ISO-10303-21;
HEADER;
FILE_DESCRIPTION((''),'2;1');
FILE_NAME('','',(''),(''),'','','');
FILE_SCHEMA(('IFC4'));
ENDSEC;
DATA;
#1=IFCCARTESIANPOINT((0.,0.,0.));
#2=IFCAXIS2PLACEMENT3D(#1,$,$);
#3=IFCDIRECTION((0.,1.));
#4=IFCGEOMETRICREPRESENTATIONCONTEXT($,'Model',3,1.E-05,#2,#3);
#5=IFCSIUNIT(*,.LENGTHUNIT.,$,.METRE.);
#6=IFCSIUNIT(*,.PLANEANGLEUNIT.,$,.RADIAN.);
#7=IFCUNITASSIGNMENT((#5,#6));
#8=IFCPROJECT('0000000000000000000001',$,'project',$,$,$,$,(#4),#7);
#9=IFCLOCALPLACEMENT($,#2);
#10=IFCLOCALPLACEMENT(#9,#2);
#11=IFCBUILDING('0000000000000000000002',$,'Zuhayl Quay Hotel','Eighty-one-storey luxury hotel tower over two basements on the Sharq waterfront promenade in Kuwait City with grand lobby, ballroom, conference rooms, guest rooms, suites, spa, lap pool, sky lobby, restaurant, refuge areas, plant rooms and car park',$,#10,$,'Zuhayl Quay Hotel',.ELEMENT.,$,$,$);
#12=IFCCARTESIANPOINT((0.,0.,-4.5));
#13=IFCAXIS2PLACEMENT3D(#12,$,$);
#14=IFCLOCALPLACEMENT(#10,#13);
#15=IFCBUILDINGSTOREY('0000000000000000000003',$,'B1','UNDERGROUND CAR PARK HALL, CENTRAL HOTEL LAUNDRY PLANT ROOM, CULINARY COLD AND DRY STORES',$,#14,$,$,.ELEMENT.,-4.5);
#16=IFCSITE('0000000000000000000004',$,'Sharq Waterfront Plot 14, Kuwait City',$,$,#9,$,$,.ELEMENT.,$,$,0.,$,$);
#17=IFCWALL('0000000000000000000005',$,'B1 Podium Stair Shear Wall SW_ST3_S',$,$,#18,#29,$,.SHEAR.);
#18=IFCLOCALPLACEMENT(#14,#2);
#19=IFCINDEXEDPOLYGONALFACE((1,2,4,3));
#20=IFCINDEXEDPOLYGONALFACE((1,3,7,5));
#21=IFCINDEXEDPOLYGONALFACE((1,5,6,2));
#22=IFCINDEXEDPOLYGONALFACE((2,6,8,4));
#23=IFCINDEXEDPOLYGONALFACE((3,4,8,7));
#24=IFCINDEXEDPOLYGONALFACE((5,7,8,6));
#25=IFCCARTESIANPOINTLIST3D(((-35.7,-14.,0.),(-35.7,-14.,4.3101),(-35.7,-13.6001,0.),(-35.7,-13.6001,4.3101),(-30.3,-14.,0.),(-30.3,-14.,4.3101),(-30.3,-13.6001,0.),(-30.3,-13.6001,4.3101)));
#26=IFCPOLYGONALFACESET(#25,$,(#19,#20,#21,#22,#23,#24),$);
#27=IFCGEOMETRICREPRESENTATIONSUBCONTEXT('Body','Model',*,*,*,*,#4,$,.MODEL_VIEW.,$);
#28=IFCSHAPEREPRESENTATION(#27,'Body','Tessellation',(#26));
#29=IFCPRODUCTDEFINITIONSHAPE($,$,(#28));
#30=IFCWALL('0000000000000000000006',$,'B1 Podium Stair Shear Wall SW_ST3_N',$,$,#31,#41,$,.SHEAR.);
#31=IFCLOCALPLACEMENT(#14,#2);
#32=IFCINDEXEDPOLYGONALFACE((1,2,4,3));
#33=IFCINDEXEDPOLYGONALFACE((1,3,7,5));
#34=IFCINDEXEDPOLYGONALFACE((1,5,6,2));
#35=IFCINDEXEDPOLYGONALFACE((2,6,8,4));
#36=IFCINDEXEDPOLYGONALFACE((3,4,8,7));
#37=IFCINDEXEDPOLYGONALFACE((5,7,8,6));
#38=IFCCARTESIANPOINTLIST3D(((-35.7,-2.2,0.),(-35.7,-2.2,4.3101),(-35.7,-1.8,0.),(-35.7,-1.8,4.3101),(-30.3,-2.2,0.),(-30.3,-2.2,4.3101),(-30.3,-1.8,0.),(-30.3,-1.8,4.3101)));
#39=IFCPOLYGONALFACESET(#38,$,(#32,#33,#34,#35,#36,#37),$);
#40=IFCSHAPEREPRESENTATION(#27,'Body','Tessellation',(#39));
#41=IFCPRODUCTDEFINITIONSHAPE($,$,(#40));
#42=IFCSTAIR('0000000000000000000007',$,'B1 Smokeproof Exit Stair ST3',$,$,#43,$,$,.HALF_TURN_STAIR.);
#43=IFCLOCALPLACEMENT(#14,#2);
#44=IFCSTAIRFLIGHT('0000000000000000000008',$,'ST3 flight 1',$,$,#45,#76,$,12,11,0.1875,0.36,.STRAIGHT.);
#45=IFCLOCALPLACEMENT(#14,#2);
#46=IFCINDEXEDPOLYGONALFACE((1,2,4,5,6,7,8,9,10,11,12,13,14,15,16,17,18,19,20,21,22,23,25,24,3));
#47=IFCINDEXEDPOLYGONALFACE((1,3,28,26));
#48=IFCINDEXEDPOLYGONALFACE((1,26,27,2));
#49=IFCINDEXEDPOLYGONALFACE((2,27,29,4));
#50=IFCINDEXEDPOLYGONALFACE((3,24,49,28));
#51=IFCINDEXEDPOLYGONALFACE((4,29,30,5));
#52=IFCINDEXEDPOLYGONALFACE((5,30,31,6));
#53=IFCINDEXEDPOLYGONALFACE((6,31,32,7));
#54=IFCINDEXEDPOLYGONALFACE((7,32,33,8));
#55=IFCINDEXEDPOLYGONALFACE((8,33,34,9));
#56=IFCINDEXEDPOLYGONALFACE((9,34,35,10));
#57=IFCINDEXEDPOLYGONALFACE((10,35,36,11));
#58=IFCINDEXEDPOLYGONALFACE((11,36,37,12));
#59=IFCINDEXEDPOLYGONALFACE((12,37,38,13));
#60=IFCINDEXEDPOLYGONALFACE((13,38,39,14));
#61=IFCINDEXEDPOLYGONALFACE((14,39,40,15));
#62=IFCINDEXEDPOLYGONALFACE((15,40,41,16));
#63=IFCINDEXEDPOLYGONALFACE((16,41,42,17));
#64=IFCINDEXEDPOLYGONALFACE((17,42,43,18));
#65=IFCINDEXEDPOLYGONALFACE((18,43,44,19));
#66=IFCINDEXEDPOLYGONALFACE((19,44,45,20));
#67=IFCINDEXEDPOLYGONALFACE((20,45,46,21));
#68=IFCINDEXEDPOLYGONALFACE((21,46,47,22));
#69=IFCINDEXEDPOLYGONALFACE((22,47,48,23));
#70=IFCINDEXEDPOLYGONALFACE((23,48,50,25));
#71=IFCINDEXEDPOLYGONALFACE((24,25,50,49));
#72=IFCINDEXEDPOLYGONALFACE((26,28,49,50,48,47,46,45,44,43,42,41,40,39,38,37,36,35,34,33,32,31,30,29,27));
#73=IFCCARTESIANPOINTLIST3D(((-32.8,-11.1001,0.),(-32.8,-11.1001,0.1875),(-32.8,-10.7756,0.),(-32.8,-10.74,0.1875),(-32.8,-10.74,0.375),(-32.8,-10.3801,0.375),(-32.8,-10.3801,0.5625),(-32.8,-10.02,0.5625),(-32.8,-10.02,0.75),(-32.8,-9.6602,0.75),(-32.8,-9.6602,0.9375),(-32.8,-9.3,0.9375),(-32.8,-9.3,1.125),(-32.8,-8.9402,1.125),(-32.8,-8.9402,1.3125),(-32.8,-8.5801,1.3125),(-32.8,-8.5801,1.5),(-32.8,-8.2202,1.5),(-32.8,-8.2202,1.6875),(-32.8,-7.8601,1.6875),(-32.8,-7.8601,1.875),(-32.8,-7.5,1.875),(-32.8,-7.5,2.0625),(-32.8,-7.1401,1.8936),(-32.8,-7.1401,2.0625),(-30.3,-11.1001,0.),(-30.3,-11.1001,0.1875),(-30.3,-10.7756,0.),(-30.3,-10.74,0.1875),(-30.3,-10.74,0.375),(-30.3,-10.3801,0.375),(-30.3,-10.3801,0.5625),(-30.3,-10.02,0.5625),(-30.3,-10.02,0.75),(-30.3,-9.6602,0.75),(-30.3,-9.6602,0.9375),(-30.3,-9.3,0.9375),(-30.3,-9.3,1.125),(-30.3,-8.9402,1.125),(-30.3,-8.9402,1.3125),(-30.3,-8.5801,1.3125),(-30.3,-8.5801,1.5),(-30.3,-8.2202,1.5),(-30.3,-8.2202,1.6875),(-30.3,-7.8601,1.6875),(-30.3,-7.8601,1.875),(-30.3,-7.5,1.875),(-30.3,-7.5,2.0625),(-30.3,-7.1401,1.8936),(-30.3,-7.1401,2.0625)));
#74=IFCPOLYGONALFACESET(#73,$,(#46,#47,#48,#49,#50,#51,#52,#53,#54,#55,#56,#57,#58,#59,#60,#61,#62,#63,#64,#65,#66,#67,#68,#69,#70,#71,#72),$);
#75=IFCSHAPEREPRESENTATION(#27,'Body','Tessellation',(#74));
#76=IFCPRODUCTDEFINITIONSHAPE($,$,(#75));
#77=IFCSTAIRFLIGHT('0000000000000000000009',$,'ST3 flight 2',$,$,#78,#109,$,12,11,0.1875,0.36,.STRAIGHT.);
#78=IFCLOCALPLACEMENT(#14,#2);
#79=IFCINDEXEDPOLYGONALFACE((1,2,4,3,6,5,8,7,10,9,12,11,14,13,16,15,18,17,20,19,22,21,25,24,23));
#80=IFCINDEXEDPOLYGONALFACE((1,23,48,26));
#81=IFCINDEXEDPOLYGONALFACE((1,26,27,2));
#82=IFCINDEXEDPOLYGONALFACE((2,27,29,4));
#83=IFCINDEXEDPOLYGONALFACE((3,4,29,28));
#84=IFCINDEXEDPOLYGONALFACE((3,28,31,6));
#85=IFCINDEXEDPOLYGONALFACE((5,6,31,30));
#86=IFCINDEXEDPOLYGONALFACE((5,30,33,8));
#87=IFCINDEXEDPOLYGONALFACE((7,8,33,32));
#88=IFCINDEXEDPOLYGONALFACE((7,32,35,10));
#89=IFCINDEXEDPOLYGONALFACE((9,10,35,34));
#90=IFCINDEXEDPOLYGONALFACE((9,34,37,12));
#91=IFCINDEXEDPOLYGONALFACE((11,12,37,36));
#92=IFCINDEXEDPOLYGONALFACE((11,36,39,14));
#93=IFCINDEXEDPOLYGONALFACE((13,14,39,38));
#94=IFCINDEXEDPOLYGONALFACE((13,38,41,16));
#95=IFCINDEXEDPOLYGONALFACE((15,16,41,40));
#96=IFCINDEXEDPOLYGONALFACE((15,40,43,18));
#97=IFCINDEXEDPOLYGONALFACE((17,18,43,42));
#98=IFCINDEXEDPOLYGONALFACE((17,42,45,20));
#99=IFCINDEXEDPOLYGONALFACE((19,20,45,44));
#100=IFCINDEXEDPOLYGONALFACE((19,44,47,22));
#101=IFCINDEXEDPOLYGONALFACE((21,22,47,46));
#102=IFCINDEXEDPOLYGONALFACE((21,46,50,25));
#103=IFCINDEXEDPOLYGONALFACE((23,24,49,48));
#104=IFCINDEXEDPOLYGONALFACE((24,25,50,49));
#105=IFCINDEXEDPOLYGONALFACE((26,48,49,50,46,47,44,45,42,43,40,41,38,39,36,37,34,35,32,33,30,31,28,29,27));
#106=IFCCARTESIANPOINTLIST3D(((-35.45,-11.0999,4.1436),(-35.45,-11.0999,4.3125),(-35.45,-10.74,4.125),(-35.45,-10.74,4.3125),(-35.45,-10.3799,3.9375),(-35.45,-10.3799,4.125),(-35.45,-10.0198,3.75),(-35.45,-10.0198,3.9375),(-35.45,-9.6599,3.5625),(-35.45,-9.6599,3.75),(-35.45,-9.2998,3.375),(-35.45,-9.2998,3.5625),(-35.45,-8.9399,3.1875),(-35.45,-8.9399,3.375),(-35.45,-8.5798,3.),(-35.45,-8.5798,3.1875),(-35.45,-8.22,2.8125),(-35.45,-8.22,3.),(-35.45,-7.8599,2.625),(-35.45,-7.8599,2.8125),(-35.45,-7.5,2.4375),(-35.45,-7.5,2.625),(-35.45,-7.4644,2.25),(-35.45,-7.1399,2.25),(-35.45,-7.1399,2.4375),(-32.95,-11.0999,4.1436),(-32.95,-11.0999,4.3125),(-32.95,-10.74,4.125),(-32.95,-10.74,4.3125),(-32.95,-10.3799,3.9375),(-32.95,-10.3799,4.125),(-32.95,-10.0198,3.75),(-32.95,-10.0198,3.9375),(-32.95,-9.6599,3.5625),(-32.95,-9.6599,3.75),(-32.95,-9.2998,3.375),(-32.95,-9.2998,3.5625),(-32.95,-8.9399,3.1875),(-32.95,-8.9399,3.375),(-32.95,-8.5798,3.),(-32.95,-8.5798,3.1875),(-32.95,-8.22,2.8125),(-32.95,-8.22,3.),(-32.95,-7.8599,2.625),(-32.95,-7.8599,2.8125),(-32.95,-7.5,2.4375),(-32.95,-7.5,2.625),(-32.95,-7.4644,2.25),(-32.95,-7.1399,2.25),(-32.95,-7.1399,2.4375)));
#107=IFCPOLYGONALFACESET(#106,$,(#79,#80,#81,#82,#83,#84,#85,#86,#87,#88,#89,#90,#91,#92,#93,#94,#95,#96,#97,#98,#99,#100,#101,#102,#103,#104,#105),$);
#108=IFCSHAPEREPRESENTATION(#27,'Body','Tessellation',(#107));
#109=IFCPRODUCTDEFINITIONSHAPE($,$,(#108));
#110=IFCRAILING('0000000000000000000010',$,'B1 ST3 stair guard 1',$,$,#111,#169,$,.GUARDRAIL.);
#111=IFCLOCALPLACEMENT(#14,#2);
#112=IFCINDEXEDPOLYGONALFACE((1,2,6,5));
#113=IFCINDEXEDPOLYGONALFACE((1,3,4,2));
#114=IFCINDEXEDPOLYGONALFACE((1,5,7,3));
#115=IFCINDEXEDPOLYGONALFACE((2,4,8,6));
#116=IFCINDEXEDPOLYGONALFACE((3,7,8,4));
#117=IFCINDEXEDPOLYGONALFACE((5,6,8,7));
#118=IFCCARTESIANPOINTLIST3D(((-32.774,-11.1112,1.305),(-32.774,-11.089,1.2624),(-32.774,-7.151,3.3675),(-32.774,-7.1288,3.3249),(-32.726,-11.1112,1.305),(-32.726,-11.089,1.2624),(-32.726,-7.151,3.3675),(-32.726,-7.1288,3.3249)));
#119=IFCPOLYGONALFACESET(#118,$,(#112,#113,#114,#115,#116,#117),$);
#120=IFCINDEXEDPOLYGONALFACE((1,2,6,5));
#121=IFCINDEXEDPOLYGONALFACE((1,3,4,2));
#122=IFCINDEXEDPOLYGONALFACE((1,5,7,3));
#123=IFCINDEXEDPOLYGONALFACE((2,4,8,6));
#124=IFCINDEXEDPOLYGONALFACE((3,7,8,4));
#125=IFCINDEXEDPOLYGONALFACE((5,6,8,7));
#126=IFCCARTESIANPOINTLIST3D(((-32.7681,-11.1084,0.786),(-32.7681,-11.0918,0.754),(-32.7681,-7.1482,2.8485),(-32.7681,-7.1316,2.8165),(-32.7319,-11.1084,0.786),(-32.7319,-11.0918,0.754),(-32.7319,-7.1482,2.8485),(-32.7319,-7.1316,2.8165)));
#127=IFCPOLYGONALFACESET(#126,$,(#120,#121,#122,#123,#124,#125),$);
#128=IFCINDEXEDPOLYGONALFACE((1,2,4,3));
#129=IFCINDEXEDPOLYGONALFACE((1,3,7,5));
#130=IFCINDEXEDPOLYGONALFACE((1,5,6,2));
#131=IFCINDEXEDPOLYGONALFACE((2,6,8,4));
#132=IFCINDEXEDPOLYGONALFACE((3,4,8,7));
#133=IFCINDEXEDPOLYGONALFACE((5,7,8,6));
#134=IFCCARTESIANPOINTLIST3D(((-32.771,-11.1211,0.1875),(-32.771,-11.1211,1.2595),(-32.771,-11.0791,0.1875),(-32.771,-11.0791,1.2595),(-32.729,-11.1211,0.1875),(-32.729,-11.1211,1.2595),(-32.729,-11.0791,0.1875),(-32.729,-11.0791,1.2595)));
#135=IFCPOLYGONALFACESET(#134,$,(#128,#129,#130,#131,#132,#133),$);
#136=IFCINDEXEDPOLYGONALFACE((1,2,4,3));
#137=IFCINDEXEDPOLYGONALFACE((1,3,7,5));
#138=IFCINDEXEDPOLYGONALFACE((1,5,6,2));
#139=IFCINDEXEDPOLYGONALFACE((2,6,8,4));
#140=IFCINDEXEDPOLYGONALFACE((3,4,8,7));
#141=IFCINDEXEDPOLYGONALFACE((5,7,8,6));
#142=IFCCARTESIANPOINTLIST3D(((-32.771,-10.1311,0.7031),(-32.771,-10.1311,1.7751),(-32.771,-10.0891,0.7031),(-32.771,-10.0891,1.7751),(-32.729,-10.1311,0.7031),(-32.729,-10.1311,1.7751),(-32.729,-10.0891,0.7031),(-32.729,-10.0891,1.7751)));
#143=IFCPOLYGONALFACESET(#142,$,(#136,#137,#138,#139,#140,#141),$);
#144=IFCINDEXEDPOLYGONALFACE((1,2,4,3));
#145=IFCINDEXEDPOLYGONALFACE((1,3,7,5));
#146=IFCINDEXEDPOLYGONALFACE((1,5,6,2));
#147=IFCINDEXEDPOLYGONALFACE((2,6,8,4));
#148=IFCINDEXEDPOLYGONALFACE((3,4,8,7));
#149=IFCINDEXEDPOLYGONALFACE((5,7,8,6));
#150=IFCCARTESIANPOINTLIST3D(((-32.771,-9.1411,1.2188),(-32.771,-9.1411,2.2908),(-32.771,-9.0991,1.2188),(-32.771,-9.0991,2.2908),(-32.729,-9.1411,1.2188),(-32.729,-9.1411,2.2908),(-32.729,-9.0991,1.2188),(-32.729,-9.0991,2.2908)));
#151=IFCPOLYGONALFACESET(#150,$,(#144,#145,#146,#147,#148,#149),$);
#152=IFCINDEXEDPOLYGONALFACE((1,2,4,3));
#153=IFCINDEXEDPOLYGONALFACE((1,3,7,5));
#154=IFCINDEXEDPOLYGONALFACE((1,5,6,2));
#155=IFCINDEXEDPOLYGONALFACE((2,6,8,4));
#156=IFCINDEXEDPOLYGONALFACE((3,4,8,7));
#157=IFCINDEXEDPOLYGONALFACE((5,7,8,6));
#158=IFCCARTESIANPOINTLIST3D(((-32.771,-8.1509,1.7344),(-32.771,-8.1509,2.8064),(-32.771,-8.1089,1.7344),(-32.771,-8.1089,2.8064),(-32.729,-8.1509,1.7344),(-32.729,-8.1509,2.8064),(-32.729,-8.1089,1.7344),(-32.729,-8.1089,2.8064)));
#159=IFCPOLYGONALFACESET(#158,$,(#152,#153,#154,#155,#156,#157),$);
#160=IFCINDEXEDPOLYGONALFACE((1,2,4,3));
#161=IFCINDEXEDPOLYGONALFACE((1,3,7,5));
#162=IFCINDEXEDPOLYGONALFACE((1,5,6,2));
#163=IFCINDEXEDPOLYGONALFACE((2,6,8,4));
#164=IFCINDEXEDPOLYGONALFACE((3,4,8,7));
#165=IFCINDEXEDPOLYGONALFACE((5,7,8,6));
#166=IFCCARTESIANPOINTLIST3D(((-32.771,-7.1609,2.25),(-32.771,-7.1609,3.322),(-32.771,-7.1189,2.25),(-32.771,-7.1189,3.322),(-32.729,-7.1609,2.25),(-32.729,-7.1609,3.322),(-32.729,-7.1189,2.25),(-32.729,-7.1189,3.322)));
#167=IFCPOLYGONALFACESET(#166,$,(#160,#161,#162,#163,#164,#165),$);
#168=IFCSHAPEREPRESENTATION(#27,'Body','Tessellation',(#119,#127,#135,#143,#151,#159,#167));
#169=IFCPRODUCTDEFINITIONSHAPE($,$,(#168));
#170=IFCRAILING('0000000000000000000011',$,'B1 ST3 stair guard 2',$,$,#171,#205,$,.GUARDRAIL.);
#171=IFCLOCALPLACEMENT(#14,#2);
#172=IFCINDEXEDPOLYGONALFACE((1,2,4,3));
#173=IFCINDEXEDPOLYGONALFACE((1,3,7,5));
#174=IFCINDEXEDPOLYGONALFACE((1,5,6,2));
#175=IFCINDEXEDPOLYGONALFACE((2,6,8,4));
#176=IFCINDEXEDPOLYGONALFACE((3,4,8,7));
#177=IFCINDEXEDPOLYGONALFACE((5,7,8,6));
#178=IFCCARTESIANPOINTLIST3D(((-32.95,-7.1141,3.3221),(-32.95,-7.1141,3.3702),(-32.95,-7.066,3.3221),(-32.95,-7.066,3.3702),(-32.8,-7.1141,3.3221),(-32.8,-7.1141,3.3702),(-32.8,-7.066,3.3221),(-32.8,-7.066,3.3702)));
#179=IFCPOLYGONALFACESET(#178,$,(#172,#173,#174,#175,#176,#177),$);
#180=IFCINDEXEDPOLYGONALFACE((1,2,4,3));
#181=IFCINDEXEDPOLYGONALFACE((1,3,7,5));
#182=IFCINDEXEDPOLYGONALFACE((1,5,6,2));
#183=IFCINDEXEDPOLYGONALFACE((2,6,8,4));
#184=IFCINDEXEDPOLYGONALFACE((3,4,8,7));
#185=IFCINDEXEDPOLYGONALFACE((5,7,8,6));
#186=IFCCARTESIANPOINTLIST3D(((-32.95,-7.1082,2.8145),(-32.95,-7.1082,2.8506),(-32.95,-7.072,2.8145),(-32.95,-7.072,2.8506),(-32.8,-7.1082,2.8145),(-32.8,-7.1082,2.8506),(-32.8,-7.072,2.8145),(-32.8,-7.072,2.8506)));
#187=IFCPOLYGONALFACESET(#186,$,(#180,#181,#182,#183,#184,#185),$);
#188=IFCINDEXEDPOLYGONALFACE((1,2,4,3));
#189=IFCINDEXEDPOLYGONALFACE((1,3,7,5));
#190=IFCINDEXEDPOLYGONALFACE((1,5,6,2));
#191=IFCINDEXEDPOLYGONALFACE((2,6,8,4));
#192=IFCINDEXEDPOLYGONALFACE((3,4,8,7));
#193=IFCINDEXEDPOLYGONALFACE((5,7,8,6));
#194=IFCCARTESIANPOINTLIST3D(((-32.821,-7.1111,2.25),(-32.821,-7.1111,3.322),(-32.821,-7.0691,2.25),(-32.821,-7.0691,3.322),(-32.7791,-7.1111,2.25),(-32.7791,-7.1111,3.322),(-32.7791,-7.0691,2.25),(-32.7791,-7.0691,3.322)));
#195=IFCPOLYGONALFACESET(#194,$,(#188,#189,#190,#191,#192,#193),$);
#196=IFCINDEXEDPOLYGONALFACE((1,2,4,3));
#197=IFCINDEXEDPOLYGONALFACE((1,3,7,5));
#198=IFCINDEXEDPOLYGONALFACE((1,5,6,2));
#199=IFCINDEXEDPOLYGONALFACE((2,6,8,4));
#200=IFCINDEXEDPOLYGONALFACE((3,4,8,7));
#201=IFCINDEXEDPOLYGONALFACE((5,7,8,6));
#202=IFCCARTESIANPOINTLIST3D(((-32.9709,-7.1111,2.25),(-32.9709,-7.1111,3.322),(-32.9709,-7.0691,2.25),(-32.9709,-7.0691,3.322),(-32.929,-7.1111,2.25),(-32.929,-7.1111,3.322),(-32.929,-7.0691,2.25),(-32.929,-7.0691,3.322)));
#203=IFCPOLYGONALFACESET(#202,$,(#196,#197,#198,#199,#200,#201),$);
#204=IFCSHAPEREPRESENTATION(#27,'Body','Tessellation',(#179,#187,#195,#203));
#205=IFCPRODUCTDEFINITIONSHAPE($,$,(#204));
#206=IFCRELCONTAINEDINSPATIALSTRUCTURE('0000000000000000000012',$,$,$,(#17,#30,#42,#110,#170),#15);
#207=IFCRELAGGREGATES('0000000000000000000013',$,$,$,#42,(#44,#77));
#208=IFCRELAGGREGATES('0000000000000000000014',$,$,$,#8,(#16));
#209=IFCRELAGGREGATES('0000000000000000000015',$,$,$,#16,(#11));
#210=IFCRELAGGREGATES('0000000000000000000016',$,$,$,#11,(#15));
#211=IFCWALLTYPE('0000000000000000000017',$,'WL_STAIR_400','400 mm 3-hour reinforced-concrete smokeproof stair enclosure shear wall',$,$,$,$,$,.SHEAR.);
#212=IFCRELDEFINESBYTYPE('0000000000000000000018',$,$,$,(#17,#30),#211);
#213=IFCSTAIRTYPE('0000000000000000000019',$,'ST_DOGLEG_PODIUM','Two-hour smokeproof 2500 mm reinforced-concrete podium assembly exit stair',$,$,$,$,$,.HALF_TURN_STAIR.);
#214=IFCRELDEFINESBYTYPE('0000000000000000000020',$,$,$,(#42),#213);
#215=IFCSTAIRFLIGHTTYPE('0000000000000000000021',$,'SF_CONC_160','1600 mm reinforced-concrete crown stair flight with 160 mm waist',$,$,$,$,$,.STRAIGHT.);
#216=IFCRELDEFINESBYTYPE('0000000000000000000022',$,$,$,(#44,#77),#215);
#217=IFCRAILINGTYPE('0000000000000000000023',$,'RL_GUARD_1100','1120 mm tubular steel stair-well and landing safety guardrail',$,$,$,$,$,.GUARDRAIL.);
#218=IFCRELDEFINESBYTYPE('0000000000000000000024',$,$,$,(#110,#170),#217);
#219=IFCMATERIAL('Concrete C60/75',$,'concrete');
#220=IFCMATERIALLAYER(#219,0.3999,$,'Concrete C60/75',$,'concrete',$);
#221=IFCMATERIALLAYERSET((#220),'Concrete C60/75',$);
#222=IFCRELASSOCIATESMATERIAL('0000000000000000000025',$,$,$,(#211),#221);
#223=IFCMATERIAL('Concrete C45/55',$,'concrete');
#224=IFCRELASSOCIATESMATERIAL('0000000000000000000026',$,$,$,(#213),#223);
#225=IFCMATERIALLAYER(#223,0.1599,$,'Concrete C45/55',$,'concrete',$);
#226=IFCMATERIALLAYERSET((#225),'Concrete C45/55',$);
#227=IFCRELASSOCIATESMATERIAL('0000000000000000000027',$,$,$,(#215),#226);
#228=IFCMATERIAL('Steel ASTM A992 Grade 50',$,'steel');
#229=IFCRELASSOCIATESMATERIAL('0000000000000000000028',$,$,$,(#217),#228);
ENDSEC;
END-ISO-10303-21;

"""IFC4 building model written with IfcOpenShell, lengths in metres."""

from ifc_helpers import new_model, si_unit, direction, frame, frame_2d, origin, origin_2d, place, context, subcontext, project, spatial, polyline, rectangle, outline, extrude, material, layer, layer_set, type_object, element, aggregate, save


model = new_model("IFC4")

# Units and contexts
model_context = context("Model", 3, precision=1e-05, world=origin(), true_north=direction((0.0, 1.0)))
body_context = subcontext(model_context, "Body", "Model", "MODEL_VIEW")
ifc_project = project(units=[si_unit("LENGTHUNIT", "METRE"), si_unit("PLANEANGLEUNIT", "RADIAN")], contexts=[model_context])

# Site, building, storey
site_placement = place(None, origin())
site = spatial("IfcSite", under=ifc_project, at=site_placement, Name="Sharq Waterfront Plot 14, Kuwait City", CompositionType="ELEMENT", RefElevation=0.0)
building_placement = place(site_placement, origin())
building = spatial("IfcBuilding", under=site, at=building_placement, Name="Zuhayl Quay Hotel", Description="Eighty-one-storey luxury hotel tower over two basements on the Sharq waterfront promenade in Kuwait City with grand lobby, ballroom, conference rooms, guest rooms, suites, spa, lap pool, sky lobby, restaurant, refuge areas, plant rooms and car park", LongName="Zuhayl Quay Hotel", CompositionType="ELEMENT")
storey_placement = place(building_placement, frame((0.0, 0.0, -4.5)))
storey = spatial("IfcBuildingStorey", under=building, at=storey_placement, Name="B1", Description="UNDERGROUND CAR PARK HALL, CENTRAL HOTEL LAUNDRY PLANT ROOM, CULINARY COLD AND DRY STORES", CompositionType="ELEMENT", Elevation=-4.5)

# Shared definitions
ifc_material_1 = material(Name="Steel ASTM A992 Grade 50", Category="steel")

# Shared definitions
ifc_material_2 = material(Name="Concrete C60/75", Category="concrete")
ifc_layer_1 = layer(ifc_material_2, 0.3999, Name="Concrete C60/75", Category="concrete")
ifc_layer_set_1 = layer_set([ifc_layer_1], Name="Concrete C60/75")
wall_type_1 = type_object("IfcWallType", Name="WL_STAIR_400", Description="400 mm 3-hour reinforced-concrete smokeproof stair enclosure shear wall", PredefinedType="SHEAR", material=ifc_layer_set_1)

# Walls
for number, where, z_axis, x_axis, name in (
    (1, (-35.7, -13.8, 0.0), (0.0, 0.0, 1.0), (1.0, 0.0, 0.0), "B1 Podium Stair Shear Wall SW_ST3_S"),
    (2, (-35.7, -2.0, 0.0), (0.0, 0.0, 1.0), (1.0, 0.0, 0.0), "B1 Podium Stair Shear Wall SW_ST3_N"),
):
    element("IfcWall", number, at=place(storey_placement, frame(where, z_axis=z_axis, x_axis=x_axis)), inside=storey, type_object=wall_type_1, Name=name, PredefinedType="SHEAR", context=body_context, shape_type="SweptSolid", body=[
        extrude(rectangle(XDim=5.3999, YDim=0.3999, at=frame_2d((2.7, 0.0))), origin(), (0.0, 0.0, 1.0), 4.3101),
    ])

# Stair, stair flights
ifc_material_3 = material(Name="Concrete C45/55", Category="concrete")
stair_type = type_object("IfcStairType", Name="ST_DOGLEG_PODIUM", Description="Two-hour smokeproof 2500 mm reinforced-concrete podium assembly exit stair", PredefinedType="HALF_TURN_STAIR", material=ifc_material_3)
stair_placement = place(storey_placement, origin())
stair = element("IfcStair", 3, at=stair_placement, inside=storey, type_object=stair_type, Name="B1 Smokeproof Exit Stair ST3", PredefinedType="HALF_TURN_STAIR")
ifc_layer_2 = layer(ifc_material_3, 0.1599, Name="Concrete C45/55", Category="concrete")
ifc_layer_set_2 = layer_set([ifc_layer_2], Name="Concrete C45/55")
stair_flight_type = type_object("IfcStairFlightType", Name="SF_CONC_160", Description="1600 mm reinforced-concrete crown stair flight with 160 mm waist", PredefinedType="STRAIGHT", material=ifc_layer_set_2)
stair_flight_1_placement = place(storey_placement, frame((-31.55, -11.1001, 0.0), z_axis=(0.0, 0.0, 1.0), x_axis=(0.0, 1.0, 0.0)))
stair_flight_1 = element("IfcStairFlight", 4, at=stair_flight_1_placement, type_object=stair_flight_type, Name="ST3 flight 1", NumberOfRisers=12, NumberOfTreads=11, PredefinedType="STRAIGHT", RiserHeight=0.1875, TreadLength=0.36, context=body_context, shape_type="SweptSolid", body=[
    extrude(outline(polyline([(0.0, 0.0), (0.0, 0.1875), (0.3601, 0.1875), (0.3601, 0.375), (0.72, 0.375), (0.72, 0.5625), (1.0801, 0.5625), (1.0801, 0.75), (1.4399, 0.75), (1.4399, 0.9375), (1.8, 0.9375), (1.8, 1.125), (2.1599, 1.125), (2.1599, 1.3125), (2.52, 1.3125), (2.52, 1.5), (2.8799, 1.5), (2.8799, 1.6875), (3.24, 1.6875), (3.24, 1.875), (3.6001, 1.875), (3.6001, 2.0625), (3.96, 2.0625), (3.96, 2.25), (3.96, 1.8936), (0.3245, 0.0), (0.0, 0.0)])), frame((0.0, 1.25, 0.0), z_axis=(0.0, -1.0, 0.0), x_axis=(1.0, 0.0, 0.0)), (0.0, 0.0, 1.0), 2.5),
])
stair_flight_2_placement = place(storey_placement, frame((-34.2, -7.1399, 2.25), z_axis=(0.0, 0.0, 1.0), x_axis=(0.0, -1.0, 0.0)))
stair_flight_2 = element("IfcStairFlight", 5, at=stair_flight_2_placement, type_object=stair_flight_type, Name="ST3 flight 2", NumberOfRisers=12, NumberOfTreads=11, PredefinedType="STRAIGHT", RiserHeight=0.1875, TreadLength=0.36, context=body_context, shape_type="SweptSolid", body=[
    extrude(outline(polyline([(0.0, 0.0), (0.0, 0.1875), (0.3601, 0.1875), (0.3601, 0.375), (0.72, 0.375), (0.72, 0.5625), (1.0801, 0.5625), (1.0801, 0.75), (1.4399, 0.75), (1.4399, 0.9375), (1.8, 0.9375), (1.8, 1.125), (2.1599, 1.125), (2.1599, 1.3125), (2.52, 1.3125), (2.52, 1.5), (2.8799, 1.5), (2.8799, 1.6875), (3.24, 1.6875), (3.24, 1.875), (3.6001, 1.875), (3.6001, 2.0625), (3.96, 2.0625), (3.96, 2.25), (3.96, 1.8936), (0.3245, 0.0), (0.0, 0.0)])), frame((0.0, 1.25, 0.0), z_axis=(0.0, -1.0, 0.0), x_axis=(1.0, 0.0, 0.0)), (0.0, 0.0, 1.0), 2.5),
])
aggregate(stair, [stair_flight_1, stair_flight_2])

# Railings
railing_type_1 = type_object("IfcRailingType", Name="RL_GUARD_1100", Description="1120 mm tubular steel stair-well and landing safety guardrail", PredefinedType="GUARDRAIL", material=ifc_material_1)
railing_1_placement = place(storey_placement, frame((-32.75, -11.1001, 0.1875)))
element("IfcRailing", 6, at=railing_1_placement, inside=storey, type_object=railing_type_1, Name="B1 ST3 stair guard 1", PredefinedType="GUARDRAIL", context=body_context, shape_type="SweptSolid", body=[
    extrude(rectangle(XDim=0.0481, YDim=0.0481, at=origin_2d()), frame((0.0, 0.0, 1.0962), z_axis=(0.0, 0.886924, 0.461916), x_axis=(-1.0, 0.0, 0.0)), (0.0, 0.0, 1.0), 4.4651),
    extrude(rectangle(XDim=0.0361, YDim=0.0361, at=origin_2d()), frame((0.0, 0.0, 0.5825), z_axis=(0.0, 0.886924, 0.461916), x_axis=(-1.0, 0.0, 0.0)), (0.0, 0.0, 1.0), 4.4651),
    extrude(rectangle(XDim=0.042, YDim=0.042, at=origin_2d()), origin(), (0.0, 0.0, 1.0), 1.072),
    extrude(rectangle(XDim=0.042, YDim=0.042, at=origin_2d()), frame((0.0, 0.99, 0.5156)), (0.0, 0.0, 1.0), 1.072),
    extrude(rectangle(XDim=0.042, YDim=0.042, at=origin_2d()), frame((0.0, 1.98, 1.0312)), (0.0, 0.0, 1.0), 1.072),
    extrude(rectangle(XDim=0.042, YDim=0.042, at=origin_2d()), frame((0.0, 2.9702, 1.5469)), (0.0, 0.0, 1.0), 1.072),
    extrude(rectangle(XDim=0.042, YDim=0.042, at=origin_2d()), frame((0.0, 3.9602, 2.0625)), (0.0, 0.0, 1.0), 1.072),
])
railing_2_placement = place(storey_placement, frame((-32.8, -7.0901, 2.25)))
element("IfcRailing", 7, at=railing_2_placement, inside=storey, type_object=railing_type_1, Name="B1 ST3 stair guard 2", PredefinedType="GUARDRAIL", context=body_context, shape_type="SweptSolid", body=[
    extrude(rectangle(XDim=0.0481, YDim=0.0481, at=origin_2d()), frame((0.0, 0.0, 1.0962), z_axis=(-1.0, 0.0, 0.0), x_axis=(0.0, -1.0, 0.0)), (0.0, 0.0, 1.0), 0.1499),
    extrude(rectangle(XDim=0.0361, YDim=0.0361, at=origin_2d()), frame((0.0, 0.0, 0.5825), z_axis=(-1.0, 0.0, 0.0), x_axis=(0.0, -1.0, 0.0)), (0.0, 0.0, 1.0), 0.1499),
    extrude(rectangle(XDim=0.042, YDim=0.042, at=origin_2d()), origin(), (0.0, 0.0, 1.0), 1.072),
    extrude(rectangle(XDim=0.042, YDim=0.042, at=origin_2d()), frame((-0.1499, 0.0, 0.0)), (0.0, 0.0, 1.0), 1.072),
])

save(model, "model.ifc")
